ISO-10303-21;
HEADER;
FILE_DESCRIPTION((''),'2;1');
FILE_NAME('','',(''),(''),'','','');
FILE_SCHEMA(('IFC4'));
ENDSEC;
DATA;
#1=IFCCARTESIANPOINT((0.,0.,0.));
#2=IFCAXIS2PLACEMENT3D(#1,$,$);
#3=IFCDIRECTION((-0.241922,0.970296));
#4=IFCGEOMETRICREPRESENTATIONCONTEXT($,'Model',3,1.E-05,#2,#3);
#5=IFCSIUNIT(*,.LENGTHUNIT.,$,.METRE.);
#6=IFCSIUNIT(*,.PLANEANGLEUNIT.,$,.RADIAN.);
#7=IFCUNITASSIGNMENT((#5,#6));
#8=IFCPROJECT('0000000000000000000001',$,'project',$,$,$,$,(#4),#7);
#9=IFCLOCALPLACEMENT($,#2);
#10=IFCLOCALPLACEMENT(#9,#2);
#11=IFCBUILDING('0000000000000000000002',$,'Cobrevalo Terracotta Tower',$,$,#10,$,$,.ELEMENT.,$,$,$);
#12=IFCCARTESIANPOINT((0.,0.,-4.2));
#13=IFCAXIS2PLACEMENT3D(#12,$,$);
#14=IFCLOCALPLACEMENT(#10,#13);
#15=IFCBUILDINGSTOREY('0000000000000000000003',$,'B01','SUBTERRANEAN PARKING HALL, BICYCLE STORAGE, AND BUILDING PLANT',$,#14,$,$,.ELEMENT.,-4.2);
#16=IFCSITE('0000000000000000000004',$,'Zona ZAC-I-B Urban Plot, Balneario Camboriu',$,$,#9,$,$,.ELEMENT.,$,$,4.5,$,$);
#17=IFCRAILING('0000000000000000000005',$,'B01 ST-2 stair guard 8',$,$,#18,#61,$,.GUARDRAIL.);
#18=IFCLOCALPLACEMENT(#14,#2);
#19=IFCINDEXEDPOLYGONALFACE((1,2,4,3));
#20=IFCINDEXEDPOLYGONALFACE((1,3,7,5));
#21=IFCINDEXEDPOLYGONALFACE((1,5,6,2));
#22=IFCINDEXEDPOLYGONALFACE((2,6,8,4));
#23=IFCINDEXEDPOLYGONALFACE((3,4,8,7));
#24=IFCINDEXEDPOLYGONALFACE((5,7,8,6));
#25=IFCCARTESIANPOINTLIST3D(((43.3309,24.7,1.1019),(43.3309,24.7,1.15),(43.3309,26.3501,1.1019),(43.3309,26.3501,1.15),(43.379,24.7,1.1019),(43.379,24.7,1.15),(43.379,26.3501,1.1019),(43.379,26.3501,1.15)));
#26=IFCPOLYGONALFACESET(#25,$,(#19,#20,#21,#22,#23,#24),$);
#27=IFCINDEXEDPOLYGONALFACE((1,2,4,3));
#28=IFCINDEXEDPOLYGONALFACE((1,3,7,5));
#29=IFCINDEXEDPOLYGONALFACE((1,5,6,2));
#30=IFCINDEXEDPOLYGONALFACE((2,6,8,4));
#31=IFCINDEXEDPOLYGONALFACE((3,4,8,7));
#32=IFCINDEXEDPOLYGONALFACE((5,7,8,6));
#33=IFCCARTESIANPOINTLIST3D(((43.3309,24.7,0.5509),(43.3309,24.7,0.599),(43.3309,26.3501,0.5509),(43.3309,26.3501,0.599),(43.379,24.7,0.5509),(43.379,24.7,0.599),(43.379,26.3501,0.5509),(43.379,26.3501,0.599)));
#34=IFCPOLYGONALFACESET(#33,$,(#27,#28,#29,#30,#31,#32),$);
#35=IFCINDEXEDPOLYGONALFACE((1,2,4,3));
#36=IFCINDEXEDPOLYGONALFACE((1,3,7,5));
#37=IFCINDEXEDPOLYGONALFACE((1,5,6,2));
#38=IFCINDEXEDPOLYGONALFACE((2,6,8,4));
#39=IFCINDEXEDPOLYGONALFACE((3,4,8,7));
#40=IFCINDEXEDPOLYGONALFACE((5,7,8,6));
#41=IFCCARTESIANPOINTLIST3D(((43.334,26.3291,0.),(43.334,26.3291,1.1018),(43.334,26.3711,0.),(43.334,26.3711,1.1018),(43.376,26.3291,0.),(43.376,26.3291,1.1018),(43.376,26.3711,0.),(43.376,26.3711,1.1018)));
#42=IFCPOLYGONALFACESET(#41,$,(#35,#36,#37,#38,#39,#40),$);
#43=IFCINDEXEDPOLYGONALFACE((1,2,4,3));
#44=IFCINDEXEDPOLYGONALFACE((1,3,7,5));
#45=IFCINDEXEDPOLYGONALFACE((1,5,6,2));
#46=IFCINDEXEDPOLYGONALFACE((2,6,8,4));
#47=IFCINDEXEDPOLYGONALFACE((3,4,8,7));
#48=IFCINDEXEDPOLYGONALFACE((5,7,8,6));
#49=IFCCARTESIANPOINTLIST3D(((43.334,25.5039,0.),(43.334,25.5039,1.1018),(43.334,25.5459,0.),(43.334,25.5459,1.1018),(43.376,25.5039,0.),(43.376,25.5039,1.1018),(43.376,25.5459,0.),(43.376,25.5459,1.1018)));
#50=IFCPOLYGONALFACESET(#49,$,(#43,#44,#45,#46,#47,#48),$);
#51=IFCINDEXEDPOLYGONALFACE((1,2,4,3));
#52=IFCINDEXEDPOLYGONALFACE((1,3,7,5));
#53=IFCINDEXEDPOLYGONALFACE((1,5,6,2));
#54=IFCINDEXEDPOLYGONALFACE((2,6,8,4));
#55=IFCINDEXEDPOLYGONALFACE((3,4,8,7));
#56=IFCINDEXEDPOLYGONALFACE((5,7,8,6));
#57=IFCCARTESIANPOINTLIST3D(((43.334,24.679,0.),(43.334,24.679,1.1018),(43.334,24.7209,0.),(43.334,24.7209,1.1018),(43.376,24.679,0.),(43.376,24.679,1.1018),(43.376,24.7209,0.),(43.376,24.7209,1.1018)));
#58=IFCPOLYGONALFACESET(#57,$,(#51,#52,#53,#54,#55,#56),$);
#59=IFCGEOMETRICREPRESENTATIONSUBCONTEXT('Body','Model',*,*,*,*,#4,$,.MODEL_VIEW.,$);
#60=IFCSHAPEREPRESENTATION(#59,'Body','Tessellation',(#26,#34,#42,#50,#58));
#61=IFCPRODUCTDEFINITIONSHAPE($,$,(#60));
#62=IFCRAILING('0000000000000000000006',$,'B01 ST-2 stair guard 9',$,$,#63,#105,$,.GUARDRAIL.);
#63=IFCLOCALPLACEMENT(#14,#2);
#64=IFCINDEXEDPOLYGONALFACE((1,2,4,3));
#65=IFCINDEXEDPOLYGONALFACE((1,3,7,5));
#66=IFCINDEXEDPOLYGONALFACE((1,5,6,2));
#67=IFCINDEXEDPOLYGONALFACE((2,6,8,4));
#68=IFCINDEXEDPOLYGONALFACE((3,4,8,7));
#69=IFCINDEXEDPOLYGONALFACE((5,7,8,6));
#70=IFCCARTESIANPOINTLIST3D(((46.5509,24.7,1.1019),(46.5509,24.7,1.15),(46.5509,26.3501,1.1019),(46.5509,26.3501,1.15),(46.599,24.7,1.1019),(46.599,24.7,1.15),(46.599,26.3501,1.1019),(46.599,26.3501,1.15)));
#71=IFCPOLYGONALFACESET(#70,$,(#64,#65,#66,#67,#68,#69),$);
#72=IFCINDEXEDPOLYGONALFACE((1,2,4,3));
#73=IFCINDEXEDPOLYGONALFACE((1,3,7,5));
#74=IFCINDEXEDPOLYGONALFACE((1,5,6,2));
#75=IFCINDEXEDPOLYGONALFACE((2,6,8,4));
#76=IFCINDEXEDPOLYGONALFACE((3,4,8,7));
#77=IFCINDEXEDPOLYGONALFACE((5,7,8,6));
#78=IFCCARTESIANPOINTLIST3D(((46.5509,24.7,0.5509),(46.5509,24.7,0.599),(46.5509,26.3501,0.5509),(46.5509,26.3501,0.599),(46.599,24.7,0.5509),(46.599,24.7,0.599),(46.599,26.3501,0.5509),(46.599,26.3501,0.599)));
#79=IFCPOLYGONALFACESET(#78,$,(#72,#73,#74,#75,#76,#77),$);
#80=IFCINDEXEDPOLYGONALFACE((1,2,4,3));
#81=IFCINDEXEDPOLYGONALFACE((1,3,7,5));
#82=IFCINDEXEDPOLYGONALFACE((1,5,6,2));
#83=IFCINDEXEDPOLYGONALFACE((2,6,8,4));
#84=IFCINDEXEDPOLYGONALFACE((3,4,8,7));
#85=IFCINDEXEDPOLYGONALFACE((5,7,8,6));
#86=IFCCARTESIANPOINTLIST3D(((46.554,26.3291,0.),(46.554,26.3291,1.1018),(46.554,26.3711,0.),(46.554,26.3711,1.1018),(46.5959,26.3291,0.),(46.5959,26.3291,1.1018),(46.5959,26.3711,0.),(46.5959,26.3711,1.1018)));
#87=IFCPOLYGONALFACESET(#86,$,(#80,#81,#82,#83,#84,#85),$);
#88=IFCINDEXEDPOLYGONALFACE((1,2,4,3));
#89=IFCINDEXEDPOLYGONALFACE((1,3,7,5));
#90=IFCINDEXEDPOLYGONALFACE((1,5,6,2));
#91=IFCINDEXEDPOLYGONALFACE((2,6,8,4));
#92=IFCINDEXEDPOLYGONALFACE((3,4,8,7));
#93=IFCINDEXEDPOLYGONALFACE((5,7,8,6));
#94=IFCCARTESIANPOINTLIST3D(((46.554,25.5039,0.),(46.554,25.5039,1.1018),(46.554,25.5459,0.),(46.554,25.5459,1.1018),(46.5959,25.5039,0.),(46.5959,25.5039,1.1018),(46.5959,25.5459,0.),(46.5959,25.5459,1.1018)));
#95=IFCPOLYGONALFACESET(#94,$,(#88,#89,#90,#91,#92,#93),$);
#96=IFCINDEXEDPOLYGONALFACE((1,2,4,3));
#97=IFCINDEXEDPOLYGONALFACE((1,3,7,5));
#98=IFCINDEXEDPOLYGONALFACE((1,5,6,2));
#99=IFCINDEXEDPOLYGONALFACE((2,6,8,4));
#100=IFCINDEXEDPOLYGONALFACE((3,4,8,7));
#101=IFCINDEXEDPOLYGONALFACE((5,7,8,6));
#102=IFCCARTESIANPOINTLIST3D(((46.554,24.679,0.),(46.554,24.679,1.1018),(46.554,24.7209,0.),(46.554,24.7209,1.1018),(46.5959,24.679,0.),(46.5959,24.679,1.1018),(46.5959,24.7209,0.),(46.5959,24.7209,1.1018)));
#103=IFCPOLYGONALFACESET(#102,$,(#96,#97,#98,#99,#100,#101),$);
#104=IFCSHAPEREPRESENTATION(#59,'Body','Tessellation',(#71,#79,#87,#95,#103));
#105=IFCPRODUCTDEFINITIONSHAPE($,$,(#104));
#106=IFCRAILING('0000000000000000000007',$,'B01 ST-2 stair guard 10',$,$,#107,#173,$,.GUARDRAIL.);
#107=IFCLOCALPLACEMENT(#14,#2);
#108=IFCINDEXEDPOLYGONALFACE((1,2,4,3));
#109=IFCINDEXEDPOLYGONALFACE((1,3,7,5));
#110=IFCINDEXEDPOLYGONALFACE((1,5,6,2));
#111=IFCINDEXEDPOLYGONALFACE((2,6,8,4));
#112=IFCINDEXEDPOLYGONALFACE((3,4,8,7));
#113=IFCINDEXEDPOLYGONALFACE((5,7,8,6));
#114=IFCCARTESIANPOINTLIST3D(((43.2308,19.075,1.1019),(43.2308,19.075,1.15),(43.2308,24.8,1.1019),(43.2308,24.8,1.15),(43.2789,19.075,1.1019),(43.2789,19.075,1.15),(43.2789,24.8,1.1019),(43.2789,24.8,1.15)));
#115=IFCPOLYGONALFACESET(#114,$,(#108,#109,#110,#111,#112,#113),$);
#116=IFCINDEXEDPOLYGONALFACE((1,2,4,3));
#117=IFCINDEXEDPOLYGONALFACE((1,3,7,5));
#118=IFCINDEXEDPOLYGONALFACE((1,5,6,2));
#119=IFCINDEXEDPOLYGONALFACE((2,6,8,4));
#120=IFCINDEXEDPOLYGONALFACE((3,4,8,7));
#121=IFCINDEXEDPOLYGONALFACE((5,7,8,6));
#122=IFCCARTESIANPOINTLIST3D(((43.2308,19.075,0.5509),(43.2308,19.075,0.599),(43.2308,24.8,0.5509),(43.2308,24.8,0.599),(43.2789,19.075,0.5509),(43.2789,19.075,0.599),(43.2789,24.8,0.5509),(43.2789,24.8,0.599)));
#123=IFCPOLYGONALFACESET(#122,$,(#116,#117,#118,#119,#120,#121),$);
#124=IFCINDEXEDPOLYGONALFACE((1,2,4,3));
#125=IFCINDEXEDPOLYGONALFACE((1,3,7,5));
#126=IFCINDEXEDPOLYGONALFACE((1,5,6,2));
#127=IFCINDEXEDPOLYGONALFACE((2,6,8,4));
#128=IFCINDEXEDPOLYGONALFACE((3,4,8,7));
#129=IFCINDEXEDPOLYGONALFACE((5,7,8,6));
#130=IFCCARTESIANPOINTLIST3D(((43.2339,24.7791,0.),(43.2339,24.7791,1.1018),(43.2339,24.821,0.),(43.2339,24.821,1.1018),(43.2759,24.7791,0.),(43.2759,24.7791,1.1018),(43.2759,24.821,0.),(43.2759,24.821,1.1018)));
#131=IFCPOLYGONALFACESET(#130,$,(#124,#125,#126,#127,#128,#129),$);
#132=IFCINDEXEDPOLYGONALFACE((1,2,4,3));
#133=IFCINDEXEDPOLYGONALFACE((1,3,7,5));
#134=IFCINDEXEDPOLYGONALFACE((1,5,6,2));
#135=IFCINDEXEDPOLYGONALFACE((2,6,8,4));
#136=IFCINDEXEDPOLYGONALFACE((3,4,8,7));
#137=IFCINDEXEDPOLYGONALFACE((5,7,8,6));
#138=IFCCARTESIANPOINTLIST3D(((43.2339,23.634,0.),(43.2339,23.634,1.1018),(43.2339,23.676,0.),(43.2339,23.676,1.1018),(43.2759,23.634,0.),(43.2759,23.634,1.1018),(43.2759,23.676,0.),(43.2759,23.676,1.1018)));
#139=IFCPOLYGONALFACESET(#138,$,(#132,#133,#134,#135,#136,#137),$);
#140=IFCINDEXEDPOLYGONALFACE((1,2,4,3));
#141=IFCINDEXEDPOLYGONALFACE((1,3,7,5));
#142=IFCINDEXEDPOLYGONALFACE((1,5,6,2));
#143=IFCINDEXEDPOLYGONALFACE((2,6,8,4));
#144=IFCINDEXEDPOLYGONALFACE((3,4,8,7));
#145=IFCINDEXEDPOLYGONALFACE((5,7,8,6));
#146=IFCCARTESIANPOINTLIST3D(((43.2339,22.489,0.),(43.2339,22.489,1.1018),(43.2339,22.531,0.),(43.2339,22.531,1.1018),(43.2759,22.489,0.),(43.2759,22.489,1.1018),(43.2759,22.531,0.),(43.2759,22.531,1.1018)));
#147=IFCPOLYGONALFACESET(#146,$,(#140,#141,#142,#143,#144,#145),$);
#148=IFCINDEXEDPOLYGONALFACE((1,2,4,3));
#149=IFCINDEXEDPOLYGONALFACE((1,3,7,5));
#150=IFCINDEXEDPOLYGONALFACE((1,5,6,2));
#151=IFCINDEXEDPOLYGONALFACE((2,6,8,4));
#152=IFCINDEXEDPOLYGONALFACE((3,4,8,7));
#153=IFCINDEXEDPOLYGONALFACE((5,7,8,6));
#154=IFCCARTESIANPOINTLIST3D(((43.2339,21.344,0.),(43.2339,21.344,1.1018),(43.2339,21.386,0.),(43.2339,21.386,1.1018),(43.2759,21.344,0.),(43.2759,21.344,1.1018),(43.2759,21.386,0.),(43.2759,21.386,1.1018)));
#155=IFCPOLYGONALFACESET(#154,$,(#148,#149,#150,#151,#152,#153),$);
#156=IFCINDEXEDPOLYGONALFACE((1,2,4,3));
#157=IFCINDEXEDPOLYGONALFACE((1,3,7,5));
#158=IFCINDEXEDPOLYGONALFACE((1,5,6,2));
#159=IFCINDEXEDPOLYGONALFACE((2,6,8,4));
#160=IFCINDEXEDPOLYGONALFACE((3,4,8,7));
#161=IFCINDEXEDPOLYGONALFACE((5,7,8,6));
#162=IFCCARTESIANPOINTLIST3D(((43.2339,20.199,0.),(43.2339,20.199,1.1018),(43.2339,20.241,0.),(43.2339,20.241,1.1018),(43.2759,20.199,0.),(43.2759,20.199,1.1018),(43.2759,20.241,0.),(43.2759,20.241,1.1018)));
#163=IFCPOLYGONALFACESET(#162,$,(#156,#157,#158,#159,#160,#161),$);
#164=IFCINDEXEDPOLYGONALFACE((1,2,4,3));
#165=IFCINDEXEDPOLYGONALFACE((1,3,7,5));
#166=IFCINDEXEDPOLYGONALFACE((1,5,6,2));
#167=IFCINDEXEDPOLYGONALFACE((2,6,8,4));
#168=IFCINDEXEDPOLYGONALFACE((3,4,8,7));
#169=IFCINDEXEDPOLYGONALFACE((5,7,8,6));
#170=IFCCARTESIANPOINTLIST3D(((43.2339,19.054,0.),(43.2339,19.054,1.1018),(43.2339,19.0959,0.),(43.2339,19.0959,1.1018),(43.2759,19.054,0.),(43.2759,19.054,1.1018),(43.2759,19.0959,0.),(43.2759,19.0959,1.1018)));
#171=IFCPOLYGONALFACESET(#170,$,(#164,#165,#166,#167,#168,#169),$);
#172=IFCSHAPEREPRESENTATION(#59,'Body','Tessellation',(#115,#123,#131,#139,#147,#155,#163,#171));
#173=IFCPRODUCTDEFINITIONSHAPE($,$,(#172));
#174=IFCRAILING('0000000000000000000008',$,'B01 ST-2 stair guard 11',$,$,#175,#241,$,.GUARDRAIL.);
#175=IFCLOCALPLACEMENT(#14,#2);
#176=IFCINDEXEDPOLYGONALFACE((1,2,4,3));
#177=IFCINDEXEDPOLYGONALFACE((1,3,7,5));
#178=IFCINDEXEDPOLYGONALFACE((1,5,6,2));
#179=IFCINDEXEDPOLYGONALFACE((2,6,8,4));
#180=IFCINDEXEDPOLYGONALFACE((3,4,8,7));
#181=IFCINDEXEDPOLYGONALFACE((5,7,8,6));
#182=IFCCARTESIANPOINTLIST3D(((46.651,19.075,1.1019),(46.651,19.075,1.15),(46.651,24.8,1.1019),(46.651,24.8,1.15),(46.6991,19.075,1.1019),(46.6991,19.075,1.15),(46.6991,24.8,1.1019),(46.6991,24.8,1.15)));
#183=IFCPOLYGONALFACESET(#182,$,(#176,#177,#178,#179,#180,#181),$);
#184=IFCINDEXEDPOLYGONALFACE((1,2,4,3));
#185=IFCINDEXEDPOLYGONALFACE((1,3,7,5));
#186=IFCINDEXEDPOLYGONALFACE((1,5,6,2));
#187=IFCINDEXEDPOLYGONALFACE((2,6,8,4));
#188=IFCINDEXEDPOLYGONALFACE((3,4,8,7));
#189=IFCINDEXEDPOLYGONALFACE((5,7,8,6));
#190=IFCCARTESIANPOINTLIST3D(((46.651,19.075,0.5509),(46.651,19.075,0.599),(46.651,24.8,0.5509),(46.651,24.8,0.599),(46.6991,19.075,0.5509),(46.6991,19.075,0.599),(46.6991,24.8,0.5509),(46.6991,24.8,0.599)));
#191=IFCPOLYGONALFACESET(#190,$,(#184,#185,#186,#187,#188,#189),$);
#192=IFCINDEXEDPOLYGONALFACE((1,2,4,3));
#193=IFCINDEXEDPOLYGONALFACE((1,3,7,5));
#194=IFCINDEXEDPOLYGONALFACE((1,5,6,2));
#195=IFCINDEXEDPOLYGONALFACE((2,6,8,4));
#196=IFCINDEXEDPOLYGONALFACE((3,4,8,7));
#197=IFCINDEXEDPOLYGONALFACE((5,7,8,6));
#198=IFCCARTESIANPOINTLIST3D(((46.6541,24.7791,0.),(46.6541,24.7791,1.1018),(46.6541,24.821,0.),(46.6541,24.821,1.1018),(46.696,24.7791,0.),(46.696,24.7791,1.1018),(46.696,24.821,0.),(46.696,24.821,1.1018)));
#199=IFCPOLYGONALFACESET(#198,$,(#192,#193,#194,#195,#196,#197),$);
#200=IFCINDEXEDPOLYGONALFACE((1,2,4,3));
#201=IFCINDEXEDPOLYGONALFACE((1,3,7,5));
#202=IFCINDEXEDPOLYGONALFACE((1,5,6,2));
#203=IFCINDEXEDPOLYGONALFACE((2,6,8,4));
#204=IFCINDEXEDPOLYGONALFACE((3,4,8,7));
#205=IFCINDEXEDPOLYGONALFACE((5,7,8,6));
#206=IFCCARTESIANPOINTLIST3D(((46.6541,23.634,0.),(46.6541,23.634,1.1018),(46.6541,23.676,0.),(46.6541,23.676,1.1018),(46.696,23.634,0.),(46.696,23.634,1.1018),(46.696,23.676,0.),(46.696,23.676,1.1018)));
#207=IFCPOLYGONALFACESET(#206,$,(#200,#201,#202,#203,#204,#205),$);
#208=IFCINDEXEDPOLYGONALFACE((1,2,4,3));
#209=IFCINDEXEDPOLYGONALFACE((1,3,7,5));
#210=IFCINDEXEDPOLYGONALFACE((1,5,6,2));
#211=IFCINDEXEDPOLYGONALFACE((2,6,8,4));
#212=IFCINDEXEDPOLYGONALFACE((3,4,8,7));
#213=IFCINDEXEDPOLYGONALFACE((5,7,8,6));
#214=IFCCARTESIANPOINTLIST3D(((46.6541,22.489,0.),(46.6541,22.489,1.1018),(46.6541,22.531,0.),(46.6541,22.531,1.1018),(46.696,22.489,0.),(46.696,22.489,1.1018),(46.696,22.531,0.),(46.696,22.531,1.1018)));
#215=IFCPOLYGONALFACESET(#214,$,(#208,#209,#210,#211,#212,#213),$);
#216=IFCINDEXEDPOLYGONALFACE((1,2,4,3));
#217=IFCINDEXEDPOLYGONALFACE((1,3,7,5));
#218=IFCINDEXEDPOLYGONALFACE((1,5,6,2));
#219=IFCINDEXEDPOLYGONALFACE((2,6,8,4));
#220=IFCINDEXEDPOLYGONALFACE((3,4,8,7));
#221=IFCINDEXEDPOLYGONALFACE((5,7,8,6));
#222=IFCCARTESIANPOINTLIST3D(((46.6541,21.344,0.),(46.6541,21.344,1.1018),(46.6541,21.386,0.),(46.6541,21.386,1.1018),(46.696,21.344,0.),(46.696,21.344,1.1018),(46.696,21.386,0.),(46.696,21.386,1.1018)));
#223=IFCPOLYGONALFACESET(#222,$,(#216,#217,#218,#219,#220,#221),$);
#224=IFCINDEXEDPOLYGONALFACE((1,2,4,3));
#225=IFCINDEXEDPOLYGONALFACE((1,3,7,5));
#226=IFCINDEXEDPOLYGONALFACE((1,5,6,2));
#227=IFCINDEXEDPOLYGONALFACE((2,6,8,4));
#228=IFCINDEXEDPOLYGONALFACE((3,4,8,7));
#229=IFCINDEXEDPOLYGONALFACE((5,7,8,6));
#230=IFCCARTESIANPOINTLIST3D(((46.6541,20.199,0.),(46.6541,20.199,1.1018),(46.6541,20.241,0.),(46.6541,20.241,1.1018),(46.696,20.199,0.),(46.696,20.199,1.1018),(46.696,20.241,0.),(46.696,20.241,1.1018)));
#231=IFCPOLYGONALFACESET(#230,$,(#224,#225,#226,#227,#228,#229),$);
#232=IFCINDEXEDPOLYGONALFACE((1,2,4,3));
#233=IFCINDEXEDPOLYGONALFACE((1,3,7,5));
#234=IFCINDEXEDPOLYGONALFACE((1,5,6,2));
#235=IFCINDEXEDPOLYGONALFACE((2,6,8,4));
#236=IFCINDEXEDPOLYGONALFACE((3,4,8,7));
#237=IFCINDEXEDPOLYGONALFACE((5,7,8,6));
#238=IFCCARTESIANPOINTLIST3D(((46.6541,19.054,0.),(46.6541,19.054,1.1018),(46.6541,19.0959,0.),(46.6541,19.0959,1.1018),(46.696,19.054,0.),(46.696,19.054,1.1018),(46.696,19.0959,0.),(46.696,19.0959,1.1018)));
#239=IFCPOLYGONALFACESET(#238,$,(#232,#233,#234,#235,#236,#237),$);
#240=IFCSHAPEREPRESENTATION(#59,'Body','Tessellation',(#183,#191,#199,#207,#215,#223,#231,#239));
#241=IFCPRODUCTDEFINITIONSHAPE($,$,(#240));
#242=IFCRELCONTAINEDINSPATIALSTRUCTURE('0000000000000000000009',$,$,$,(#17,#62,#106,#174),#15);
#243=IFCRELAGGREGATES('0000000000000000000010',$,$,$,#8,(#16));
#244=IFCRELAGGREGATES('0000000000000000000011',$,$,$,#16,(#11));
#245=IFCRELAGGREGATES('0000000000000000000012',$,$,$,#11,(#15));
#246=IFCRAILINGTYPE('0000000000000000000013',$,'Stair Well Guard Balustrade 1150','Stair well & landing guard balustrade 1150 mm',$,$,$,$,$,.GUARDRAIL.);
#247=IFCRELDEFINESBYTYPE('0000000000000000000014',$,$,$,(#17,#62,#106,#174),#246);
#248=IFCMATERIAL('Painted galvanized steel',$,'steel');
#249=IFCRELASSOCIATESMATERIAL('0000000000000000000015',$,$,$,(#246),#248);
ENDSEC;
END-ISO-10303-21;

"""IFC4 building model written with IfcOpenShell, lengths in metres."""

from ifc_helpers import new_model, si_unit, direction, frame, origin, origin_2d, place, context, subcontext, project, spatial, rectangle, extrude, material, type_object, element, save


model = new_model("IFC4")

# Units and contexts
model_context = context("Model", 3, precision=1e-05, world=origin(), true_north=direction((-0.241922, 0.970296)))
body_context = subcontext(model_context, "Body", "Model", "MODEL_VIEW")
ifc_project = project(units=[si_unit("LENGTHUNIT", "METRE"), si_unit("PLANEANGLEUNIT", "RADIAN")], contexts=[model_context])

# Site, building, storey
site_placement = place(None, origin())
site = spatial("IfcSite", under=ifc_project, at=site_placement, Name="Zona ZAC-I-B Urban Plot, Balneario Camboriu", CompositionType="ELEMENT", RefElevation=4.5)
building_placement = place(site_placement, origin())
building = spatial("IfcBuilding", under=site, at=building_placement, Name="Cobrevalo Terracotta Tower", CompositionType="ELEMENT")
storey_placement = place(building_placement, frame((0.0, 0.0, -4.2)))
storey = spatial("IfcBuildingStorey", under=building, at=storey_placement, Name="B01", Description="SUBTERRANEAN PARKING HALL, BICYCLE STORAGE, AND BUILDING PLANT", CompositionType="ELEMENT", Elevation=-4.2)

# Railings
ifc_material_1 = material(Name="Painted galvanized steel", Category="steel")
railing_type_1 = type_object("IfcRailingType", Name="Stair Well Guard Balustrade 1150", Description="Stair well & landing guard balustrade 1150 mm", PredefinedType="GUARDRAIL", material=ifc_material_1)
for number, where, name in (
    (1, (43.355, 26.3501, 0.0), "B01 ST-2 stair guard 8"),
    (2, (46.575, 26.3501, 0.0), "B01 ST-2 stair guard 9"),
):
    element("IfcRailing", number, at=place(storey_placement, frame(where)), inside=storey, type_object=railing_type_1, Name=name, PredefinedType="GUARDRAIL", context=body_context, shape_type="SweptSolid", body=[
        extrude(rectangle(XDim=0.0481, YDim=0.0481, at=origin_2d()), frame((0.0, 0.0, 1.126), z_axis=(0.0, -1.0, 0.0), x_axis=(1.0, 0.0, 0.0)), (0.0, 0.0, 1.0), 1.6501),
        extrude(rectangle(XDim=0.0481, YDim=0.0481, at=origin_2d()), frame((0.0, 0.0, 0.575), z_axis=(0.0, -1.0, 0.0), x_axis=(1.0, 0.0, 0.0)), (0.0, 0.0, 1.0), 1.6501),
        extrude(rectangle(XDim=0.042, YDim=0.042, at=origin_2d()), origin(), (0.0, 0.0, 1.0), 1.1018),
        extrude(rectangle(XDim=0.042, YDim=0.042, at=origin_2d()), frame((0.0, -0.8252, 0.0)), (0.0, 0.0, 1.0), 1.1018),
        extrude(rectangle(XDim=0.042, YDim=0.042, at=origin_2d()), frame((0.0, -1.6501, 0.0)), (0.0, 0.0, 1.0), 1.1018),
    ])
for number, where, name in (
    (3, (43.2549, 24.8, 0.0), "B01 ST-2 stair guard 10"),
    (4, (46.675, 24.8, 0.0), "B01 ST-2 stair guard 11"),
):
    element("IfcRailing", number, at=place(storey_placement, frame(where)), inside=storey, type_object=railing_type_1, Name=name, PredefinedType="GUARDRAIL", context=body_context, shape_type="SweptSolid", body=[
        extrude(rectangle(XDim=0.0481, YDim=0.0481, at=origin_2d()), frame((0.0, 0.0, 1.126), z_axis=(0.0, -1.0, 0.0), x_axis=(1.0, 0.0, 0.0)), (0.0, 0.0, 1.0), 5.7251),
        extrude(rectangle(XDim=0.0481, YDim=0.0481, at=origin_2d()), frame((0.0, 0.0, 0.575), z_axis=(0.0, -1.0, 0.0), x_axis=(1.0, 0.0, 0.0)), (0.0, 0.0, 1.0), 5.7251),
        extrude(rectangle(XDim=0.042, YDim=0.042, at=origin_2d()), origin(), (0.0, 0.0, 1.0), 1.1018),
        extrude(rectangle(XDim=0.042, YDim=0.042, at=origin_2d()), frame((0.0, -1.145, 0.0)), (0.0, 0.0, 1.0), 1.1018),
        extrude(rectangle(XDim=0.042, YDim=0.042, at=origin_2d()), frame((0.0, -2.29, 0.0)), (0.0, 0.0, 1.0), 1.1018),
        extrude(rectangle(XDim=0.042, YDim=0.042, at=origin_2d()), frame((0.0, -3.4351, 0.0)), (0.0, 0.0, 1.0), 1.1018),
        extrude(rectangle(XDim=0.042, YDim=0.042, at=origin_2d()), frame((0.0, -4.5801, 0.0)), (0.0, 0.0, 1.0), 1.1018),
        extrude(rectangle(XDim=0.042, YDim=0.042, at=origin_2d()), frame((0.0, -5.7251, 0.0)), (0.0, 0.0, 1.0), 1.1018),
    ])

save(model, "model.ifc")
